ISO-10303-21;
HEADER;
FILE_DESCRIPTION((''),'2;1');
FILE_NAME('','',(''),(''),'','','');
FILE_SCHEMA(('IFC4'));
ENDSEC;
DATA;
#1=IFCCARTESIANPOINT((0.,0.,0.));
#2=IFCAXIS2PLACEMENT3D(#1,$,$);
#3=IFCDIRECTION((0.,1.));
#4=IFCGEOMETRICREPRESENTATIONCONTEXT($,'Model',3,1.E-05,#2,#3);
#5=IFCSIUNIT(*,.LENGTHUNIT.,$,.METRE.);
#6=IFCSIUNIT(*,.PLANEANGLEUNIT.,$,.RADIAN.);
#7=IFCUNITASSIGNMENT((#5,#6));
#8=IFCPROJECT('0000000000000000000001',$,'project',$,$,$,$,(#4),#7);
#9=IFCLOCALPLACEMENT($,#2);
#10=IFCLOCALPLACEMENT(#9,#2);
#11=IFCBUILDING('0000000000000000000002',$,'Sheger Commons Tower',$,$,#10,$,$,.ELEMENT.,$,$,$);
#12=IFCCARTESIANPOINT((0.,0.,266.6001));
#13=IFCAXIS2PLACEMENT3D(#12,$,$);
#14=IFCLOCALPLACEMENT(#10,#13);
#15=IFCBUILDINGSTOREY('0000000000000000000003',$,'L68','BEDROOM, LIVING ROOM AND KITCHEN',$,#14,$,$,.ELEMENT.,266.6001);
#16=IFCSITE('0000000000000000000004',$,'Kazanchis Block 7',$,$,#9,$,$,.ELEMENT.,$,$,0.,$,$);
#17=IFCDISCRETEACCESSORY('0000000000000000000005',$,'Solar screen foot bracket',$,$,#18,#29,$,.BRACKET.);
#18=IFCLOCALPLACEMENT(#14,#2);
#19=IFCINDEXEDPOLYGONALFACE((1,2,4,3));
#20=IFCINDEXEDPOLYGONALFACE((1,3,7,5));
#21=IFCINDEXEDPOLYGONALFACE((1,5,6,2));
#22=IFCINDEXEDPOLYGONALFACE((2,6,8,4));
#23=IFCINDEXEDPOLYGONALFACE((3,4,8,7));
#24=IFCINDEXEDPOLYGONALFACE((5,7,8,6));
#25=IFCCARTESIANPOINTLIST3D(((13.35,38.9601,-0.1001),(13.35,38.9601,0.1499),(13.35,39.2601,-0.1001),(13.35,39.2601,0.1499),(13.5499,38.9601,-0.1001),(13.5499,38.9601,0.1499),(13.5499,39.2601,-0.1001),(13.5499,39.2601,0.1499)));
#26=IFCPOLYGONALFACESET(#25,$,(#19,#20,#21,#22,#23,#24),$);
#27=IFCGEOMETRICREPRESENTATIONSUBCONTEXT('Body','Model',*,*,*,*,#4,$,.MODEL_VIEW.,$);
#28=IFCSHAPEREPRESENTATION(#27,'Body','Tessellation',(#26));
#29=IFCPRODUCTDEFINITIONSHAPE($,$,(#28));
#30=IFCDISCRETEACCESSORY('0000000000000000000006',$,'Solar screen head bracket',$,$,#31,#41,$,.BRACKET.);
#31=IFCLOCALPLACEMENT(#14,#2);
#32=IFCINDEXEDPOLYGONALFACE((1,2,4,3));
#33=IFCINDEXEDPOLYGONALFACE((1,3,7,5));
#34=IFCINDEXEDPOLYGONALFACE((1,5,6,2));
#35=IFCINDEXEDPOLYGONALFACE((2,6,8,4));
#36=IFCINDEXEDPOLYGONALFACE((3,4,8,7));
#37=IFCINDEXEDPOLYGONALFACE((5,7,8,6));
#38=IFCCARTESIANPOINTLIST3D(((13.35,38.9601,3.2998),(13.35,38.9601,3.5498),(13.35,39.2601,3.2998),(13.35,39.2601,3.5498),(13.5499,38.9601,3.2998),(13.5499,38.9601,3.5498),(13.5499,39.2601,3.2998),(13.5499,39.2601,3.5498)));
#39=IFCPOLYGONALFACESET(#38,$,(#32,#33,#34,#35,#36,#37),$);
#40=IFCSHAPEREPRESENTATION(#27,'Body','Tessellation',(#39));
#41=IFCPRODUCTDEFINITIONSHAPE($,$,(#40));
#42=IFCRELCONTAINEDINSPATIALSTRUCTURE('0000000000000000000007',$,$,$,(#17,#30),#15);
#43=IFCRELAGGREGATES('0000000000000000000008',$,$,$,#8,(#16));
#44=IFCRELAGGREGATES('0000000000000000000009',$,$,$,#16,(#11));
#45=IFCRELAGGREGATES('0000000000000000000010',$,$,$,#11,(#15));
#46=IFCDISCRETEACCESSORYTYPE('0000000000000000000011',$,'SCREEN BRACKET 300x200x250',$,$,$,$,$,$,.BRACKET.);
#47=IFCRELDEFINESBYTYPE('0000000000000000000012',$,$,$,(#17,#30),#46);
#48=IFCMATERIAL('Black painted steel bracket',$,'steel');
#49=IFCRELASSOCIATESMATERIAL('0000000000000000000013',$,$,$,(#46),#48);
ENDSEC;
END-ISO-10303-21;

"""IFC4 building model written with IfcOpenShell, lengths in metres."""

from ifc_helpers import new_model, si_unit, direction, frame, origin, origin_2d, place, context, subcontext, project, spatial, rectangle, extrude, material, type_object, element, save


model = new_model("IFC4")

# Units and contexts
model_context = context("Model", 3, precision=1e-05, world=origin(), true_north=direction((0.0, 1.0)))
body_context = subcontext(model_context, "Body", "Model", "MODEL_VIEW")
ifc_project = project(units=[si_unit("LENGTHUNIT", "METRE"), si_unit("PLANEANGLEUNIT", "RADIAN")], contexts=[model_context])

# Site, building, storey
site_placement = place(None, origin())
site = spatial("IfcSite", under=ifc_project, at=site_placement, Name="Kazanchis Block 7", CompositionType="ELEMENT", RefElevation=0.0)
building_placement = place(site_placement, origin())
building = spatial("IfcBuilding", under=site, at=building_placement, Name="Sheger Commons Tower", CompositionType="ELEMENT")
storey_placement = place(building_placement, frame((0.0, 0.0, 266.6001)))
storey = spatial("IfcBuildingStorey", under=building, at=storey_placement, Name="L68", Description="BEDROOM, LIVING ROOM AND KITCHEN", CompositionType="ELEMENT", Elevation=266.6001)

# Discrete accessories
ifc_material_1 = material(Name="Black painted steel bracket", Category="steel")
discrete_accessory_type = type_object("IfcDiscreteAccessoryType", Name="SCREEN BRACKET 300x200x250", PredefinedType="BRACKET", material=ifc_material_1)
for number, where, z_axis, x_axis, name in (
    (1, (13.45, 39.1101, -0.1001), (0.0, 0.0, 1.0), (0.0, -1.0, 0.0), "Solar screen foot bracket"),
    (2, (13.45, 39.1101, 3.2998), (0.0, 0.0, 1.0), (0.0, -1.0, 0.0), "Solar screen head bracket"),
):
    element("IfcDiscreteAccessory", number, at=place(storey_placement, frame(where, z_axis=z_axis, x_axis=x_axis)), inside=storey, type_object=discrete_accessory_type, Name=name, PredefinedType="BRACKET", context=body_context, shape_type="SweptSolid", body=[
        extrude(rectangle(XDim=0.3, YDim=0.2, at=origin_2d()), origin(), (0.0, 0.0, 1.0), 0.25),
    ])

save(model, "model.ifc")
